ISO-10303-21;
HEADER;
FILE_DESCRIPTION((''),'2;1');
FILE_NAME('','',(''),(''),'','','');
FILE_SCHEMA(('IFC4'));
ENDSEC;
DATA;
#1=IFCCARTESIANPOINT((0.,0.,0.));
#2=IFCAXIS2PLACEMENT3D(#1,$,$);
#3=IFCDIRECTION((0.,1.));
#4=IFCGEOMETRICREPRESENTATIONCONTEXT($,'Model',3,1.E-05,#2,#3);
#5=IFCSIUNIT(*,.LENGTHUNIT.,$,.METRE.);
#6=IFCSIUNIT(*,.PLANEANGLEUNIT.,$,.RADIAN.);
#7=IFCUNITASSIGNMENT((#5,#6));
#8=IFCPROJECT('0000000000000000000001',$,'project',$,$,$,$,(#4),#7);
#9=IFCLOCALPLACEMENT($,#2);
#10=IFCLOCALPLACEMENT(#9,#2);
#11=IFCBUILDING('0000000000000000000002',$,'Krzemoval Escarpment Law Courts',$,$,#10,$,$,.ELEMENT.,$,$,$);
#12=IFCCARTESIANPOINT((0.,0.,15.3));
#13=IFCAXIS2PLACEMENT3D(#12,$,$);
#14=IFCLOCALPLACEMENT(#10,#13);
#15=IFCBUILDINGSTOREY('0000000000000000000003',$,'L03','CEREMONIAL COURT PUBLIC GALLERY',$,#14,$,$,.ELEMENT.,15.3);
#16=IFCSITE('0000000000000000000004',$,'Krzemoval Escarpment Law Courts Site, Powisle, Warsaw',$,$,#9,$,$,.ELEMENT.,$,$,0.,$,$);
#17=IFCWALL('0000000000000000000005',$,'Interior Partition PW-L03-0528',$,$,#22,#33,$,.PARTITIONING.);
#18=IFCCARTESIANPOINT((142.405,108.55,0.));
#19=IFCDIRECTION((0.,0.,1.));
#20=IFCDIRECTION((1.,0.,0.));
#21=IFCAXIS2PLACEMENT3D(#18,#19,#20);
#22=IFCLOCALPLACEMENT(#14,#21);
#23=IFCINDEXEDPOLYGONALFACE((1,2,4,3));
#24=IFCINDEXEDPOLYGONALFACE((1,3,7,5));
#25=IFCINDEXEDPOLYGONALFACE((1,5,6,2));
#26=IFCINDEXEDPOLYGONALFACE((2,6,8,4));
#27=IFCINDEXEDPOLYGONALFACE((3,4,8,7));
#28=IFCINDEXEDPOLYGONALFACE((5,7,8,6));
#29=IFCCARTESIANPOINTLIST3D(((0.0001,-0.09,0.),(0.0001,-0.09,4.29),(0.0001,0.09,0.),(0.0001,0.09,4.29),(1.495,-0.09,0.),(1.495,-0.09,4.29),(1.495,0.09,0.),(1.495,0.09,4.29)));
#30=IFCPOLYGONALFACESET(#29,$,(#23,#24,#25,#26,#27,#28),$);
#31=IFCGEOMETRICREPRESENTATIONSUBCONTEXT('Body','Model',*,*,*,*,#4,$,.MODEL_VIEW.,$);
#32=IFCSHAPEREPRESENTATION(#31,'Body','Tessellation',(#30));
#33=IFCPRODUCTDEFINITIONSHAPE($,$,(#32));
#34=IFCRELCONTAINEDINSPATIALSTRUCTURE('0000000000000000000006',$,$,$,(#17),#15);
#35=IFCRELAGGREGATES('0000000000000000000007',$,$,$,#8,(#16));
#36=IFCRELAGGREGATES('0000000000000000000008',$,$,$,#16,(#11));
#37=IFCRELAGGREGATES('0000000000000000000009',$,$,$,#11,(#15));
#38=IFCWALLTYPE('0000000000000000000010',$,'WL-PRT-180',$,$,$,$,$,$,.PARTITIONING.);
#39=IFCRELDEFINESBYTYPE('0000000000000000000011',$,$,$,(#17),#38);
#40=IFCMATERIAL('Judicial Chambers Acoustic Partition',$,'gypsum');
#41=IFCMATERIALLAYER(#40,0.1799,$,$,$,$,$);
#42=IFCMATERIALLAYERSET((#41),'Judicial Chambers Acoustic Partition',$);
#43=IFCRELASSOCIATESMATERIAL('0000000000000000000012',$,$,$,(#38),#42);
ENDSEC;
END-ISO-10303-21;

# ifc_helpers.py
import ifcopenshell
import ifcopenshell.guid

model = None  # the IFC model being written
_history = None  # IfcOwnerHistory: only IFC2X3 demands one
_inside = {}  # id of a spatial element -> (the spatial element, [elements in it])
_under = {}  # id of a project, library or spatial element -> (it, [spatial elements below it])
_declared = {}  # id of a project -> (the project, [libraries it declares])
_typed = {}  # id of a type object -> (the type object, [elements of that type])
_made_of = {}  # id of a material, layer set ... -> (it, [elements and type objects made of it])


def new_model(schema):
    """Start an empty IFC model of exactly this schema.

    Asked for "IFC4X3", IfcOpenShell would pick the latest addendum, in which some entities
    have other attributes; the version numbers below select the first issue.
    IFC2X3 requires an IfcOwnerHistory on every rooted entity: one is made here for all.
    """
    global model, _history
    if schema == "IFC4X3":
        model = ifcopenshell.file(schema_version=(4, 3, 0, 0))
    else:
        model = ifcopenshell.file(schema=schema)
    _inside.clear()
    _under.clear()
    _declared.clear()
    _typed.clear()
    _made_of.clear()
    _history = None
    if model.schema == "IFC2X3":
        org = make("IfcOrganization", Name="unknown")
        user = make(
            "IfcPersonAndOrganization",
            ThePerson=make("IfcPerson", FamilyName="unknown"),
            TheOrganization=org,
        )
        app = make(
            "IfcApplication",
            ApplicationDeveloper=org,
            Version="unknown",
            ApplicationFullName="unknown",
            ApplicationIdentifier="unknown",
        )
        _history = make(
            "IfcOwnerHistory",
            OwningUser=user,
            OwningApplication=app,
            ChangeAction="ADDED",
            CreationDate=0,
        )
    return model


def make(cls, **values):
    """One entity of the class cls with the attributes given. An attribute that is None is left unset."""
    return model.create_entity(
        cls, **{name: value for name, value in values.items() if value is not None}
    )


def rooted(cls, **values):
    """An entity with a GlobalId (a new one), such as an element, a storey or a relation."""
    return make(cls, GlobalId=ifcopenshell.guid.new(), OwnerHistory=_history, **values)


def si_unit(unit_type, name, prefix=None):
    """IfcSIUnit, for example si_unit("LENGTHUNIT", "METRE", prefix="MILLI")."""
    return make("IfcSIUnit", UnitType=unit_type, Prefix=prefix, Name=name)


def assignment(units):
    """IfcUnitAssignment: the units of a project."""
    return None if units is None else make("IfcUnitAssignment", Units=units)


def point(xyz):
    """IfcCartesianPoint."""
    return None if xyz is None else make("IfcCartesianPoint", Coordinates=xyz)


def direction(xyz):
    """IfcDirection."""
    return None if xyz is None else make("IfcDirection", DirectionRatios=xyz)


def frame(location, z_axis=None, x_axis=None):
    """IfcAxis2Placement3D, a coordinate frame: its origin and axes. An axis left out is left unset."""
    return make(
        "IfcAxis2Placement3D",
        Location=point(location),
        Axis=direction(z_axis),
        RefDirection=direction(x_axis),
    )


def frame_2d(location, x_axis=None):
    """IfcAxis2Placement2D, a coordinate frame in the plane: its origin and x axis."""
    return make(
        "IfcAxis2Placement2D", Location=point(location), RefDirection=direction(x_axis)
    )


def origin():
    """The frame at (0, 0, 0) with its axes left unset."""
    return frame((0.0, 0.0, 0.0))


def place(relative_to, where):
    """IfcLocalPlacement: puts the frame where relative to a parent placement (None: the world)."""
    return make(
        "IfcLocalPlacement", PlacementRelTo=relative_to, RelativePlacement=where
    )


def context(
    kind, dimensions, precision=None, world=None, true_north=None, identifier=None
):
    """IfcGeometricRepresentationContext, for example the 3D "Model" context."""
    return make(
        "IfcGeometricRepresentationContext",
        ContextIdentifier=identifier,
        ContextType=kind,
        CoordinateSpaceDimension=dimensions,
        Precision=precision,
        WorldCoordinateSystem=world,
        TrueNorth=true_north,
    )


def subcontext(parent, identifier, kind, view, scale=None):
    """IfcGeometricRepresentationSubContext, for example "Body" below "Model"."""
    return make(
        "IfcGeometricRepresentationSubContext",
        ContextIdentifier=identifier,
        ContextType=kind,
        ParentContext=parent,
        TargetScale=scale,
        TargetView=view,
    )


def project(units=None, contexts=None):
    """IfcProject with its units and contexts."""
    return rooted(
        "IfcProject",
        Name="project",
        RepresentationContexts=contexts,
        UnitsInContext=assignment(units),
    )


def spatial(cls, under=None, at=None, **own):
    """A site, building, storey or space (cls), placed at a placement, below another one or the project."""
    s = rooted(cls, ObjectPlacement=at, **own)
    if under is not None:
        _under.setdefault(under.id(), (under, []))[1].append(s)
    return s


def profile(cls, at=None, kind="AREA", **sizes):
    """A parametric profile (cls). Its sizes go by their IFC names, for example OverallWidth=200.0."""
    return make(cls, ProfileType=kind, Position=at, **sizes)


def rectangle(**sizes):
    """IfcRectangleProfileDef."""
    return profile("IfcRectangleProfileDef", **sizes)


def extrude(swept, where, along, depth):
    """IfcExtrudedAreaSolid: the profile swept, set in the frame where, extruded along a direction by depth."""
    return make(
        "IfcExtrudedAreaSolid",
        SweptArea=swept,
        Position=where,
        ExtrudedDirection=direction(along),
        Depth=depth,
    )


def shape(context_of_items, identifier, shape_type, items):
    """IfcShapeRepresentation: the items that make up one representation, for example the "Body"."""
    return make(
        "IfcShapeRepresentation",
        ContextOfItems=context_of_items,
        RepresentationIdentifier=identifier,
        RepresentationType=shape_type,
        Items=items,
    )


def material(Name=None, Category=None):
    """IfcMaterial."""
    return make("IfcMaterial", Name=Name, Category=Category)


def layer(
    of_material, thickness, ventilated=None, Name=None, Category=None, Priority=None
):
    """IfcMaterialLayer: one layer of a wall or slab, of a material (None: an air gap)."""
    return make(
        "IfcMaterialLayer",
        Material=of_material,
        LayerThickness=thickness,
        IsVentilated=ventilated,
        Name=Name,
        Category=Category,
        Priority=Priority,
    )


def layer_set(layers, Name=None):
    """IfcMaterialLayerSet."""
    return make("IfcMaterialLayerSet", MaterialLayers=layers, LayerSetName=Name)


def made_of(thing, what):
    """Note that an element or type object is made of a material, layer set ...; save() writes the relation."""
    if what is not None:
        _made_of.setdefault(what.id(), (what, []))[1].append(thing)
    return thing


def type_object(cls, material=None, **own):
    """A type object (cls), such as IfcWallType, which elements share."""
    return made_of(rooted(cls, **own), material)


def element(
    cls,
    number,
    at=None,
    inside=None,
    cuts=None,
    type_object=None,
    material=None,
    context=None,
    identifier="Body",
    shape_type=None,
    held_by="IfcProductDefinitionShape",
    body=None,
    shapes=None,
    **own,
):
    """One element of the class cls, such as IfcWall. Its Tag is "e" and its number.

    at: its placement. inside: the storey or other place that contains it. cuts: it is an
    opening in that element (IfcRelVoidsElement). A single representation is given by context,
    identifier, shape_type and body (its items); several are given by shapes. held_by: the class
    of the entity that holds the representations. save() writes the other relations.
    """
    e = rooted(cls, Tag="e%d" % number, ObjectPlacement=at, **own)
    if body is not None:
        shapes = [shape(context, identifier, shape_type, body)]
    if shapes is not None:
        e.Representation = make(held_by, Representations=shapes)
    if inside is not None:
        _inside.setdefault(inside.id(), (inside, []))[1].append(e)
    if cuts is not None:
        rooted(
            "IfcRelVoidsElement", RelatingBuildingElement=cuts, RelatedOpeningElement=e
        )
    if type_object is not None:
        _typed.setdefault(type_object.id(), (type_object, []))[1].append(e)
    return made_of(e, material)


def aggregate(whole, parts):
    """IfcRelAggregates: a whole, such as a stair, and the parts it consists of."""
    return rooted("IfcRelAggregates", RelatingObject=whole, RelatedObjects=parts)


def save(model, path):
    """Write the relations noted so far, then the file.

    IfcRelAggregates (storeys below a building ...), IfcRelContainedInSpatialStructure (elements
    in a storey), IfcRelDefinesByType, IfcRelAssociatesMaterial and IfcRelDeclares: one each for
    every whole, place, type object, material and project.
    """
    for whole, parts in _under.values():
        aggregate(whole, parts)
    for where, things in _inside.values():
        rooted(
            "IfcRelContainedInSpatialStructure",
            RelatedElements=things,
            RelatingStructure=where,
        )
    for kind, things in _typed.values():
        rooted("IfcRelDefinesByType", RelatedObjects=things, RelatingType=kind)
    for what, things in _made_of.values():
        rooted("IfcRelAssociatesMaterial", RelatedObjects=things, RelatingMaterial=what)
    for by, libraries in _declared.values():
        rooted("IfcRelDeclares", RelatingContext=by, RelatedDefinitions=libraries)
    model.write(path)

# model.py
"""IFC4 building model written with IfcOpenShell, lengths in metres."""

from ifc_helpers import new_model, si_unit, direction, frame, frame_2d, origin, place, context, subcontext, project, spatial, rectangle, extrude, material, layer, layer_set, type_object, element, save


model = new_model("IFC4")

# Units and contexts
model_context = context("Model", 3, precision=1e-05, world=origin(), true_north=direction((0.0, 1.0)))
body_context = subcontext(model_context, "Body", "Model", "MODEL_VIEW")
ifc_project = project(units=[si_unit("LENGTHUNIT", "METRE"), si_unit("PLANEANGLEUNIT", "RADIAN")], contexts=[model_context])

# Site, building, storey
site_placement = place(None, origin())
site = spatial("IfcSite", under=ifc_project, at=site_placement, Name="Krzemoval Escarpment Law Courts Site, Powisle, Warsaw", CompositionType="ELEMENT", RefElevation=0.0)
building_placement = place(site_placement, origin())
building = spatial("IfcBuilding", under=site, at=building_placement, Name="Krzemoval Escarpment Law Courts", CompositionType="ELEMENT")
storey_placement = place(building_placement, frame((0.0, 0.0, 15.3)))
storey = spatial("IfcBuildingStorey", under=building, at=storey_placement, Name="L03", Description="CEREMONIAL COURT PUBLIC GALLERY", CompositionType="ELEMENT", Elevation=15.3)

# Wall
ifc_material_1 = material(Name="Judicial Chambers Acoustic Partition", Category="gypsum")
ifc_layer_1 = layer(ifc_material_1, 0.1799)
ifc_layer_set_1 = layer_set([ifc_layer_1], Name="Judicial Chambers Acoustic Partition")
wall_type_1 = type_object("IfcWallType", Name="WL-PRT-180", PredefinedType="PARTITIONING", material=ifc_layer_set_1)
wall_1_placement = place(storey_placement, frame((142.405, 108.55, 0.0), z_axis=(0.0, 0.0, 1.0), x_axis=(1.0, 0.0, 0.0)))
element("IfcWall", 1, at=wall_1_placement, inside=storey, type_object=wall_type_1, Name="Interior Partition PW-L03-0528", PredefinedType="PARTITIONING", context=body_context, shape_type="SweptSolid", body=[
    extrude(rectangle(XDim=1.4949, YDim=0.1799, at=frame_2d((0.7476, 0.0))), origin(), (0.0, 0.0, 1.0), 4.29),
])

save(model, "model.ifc")
